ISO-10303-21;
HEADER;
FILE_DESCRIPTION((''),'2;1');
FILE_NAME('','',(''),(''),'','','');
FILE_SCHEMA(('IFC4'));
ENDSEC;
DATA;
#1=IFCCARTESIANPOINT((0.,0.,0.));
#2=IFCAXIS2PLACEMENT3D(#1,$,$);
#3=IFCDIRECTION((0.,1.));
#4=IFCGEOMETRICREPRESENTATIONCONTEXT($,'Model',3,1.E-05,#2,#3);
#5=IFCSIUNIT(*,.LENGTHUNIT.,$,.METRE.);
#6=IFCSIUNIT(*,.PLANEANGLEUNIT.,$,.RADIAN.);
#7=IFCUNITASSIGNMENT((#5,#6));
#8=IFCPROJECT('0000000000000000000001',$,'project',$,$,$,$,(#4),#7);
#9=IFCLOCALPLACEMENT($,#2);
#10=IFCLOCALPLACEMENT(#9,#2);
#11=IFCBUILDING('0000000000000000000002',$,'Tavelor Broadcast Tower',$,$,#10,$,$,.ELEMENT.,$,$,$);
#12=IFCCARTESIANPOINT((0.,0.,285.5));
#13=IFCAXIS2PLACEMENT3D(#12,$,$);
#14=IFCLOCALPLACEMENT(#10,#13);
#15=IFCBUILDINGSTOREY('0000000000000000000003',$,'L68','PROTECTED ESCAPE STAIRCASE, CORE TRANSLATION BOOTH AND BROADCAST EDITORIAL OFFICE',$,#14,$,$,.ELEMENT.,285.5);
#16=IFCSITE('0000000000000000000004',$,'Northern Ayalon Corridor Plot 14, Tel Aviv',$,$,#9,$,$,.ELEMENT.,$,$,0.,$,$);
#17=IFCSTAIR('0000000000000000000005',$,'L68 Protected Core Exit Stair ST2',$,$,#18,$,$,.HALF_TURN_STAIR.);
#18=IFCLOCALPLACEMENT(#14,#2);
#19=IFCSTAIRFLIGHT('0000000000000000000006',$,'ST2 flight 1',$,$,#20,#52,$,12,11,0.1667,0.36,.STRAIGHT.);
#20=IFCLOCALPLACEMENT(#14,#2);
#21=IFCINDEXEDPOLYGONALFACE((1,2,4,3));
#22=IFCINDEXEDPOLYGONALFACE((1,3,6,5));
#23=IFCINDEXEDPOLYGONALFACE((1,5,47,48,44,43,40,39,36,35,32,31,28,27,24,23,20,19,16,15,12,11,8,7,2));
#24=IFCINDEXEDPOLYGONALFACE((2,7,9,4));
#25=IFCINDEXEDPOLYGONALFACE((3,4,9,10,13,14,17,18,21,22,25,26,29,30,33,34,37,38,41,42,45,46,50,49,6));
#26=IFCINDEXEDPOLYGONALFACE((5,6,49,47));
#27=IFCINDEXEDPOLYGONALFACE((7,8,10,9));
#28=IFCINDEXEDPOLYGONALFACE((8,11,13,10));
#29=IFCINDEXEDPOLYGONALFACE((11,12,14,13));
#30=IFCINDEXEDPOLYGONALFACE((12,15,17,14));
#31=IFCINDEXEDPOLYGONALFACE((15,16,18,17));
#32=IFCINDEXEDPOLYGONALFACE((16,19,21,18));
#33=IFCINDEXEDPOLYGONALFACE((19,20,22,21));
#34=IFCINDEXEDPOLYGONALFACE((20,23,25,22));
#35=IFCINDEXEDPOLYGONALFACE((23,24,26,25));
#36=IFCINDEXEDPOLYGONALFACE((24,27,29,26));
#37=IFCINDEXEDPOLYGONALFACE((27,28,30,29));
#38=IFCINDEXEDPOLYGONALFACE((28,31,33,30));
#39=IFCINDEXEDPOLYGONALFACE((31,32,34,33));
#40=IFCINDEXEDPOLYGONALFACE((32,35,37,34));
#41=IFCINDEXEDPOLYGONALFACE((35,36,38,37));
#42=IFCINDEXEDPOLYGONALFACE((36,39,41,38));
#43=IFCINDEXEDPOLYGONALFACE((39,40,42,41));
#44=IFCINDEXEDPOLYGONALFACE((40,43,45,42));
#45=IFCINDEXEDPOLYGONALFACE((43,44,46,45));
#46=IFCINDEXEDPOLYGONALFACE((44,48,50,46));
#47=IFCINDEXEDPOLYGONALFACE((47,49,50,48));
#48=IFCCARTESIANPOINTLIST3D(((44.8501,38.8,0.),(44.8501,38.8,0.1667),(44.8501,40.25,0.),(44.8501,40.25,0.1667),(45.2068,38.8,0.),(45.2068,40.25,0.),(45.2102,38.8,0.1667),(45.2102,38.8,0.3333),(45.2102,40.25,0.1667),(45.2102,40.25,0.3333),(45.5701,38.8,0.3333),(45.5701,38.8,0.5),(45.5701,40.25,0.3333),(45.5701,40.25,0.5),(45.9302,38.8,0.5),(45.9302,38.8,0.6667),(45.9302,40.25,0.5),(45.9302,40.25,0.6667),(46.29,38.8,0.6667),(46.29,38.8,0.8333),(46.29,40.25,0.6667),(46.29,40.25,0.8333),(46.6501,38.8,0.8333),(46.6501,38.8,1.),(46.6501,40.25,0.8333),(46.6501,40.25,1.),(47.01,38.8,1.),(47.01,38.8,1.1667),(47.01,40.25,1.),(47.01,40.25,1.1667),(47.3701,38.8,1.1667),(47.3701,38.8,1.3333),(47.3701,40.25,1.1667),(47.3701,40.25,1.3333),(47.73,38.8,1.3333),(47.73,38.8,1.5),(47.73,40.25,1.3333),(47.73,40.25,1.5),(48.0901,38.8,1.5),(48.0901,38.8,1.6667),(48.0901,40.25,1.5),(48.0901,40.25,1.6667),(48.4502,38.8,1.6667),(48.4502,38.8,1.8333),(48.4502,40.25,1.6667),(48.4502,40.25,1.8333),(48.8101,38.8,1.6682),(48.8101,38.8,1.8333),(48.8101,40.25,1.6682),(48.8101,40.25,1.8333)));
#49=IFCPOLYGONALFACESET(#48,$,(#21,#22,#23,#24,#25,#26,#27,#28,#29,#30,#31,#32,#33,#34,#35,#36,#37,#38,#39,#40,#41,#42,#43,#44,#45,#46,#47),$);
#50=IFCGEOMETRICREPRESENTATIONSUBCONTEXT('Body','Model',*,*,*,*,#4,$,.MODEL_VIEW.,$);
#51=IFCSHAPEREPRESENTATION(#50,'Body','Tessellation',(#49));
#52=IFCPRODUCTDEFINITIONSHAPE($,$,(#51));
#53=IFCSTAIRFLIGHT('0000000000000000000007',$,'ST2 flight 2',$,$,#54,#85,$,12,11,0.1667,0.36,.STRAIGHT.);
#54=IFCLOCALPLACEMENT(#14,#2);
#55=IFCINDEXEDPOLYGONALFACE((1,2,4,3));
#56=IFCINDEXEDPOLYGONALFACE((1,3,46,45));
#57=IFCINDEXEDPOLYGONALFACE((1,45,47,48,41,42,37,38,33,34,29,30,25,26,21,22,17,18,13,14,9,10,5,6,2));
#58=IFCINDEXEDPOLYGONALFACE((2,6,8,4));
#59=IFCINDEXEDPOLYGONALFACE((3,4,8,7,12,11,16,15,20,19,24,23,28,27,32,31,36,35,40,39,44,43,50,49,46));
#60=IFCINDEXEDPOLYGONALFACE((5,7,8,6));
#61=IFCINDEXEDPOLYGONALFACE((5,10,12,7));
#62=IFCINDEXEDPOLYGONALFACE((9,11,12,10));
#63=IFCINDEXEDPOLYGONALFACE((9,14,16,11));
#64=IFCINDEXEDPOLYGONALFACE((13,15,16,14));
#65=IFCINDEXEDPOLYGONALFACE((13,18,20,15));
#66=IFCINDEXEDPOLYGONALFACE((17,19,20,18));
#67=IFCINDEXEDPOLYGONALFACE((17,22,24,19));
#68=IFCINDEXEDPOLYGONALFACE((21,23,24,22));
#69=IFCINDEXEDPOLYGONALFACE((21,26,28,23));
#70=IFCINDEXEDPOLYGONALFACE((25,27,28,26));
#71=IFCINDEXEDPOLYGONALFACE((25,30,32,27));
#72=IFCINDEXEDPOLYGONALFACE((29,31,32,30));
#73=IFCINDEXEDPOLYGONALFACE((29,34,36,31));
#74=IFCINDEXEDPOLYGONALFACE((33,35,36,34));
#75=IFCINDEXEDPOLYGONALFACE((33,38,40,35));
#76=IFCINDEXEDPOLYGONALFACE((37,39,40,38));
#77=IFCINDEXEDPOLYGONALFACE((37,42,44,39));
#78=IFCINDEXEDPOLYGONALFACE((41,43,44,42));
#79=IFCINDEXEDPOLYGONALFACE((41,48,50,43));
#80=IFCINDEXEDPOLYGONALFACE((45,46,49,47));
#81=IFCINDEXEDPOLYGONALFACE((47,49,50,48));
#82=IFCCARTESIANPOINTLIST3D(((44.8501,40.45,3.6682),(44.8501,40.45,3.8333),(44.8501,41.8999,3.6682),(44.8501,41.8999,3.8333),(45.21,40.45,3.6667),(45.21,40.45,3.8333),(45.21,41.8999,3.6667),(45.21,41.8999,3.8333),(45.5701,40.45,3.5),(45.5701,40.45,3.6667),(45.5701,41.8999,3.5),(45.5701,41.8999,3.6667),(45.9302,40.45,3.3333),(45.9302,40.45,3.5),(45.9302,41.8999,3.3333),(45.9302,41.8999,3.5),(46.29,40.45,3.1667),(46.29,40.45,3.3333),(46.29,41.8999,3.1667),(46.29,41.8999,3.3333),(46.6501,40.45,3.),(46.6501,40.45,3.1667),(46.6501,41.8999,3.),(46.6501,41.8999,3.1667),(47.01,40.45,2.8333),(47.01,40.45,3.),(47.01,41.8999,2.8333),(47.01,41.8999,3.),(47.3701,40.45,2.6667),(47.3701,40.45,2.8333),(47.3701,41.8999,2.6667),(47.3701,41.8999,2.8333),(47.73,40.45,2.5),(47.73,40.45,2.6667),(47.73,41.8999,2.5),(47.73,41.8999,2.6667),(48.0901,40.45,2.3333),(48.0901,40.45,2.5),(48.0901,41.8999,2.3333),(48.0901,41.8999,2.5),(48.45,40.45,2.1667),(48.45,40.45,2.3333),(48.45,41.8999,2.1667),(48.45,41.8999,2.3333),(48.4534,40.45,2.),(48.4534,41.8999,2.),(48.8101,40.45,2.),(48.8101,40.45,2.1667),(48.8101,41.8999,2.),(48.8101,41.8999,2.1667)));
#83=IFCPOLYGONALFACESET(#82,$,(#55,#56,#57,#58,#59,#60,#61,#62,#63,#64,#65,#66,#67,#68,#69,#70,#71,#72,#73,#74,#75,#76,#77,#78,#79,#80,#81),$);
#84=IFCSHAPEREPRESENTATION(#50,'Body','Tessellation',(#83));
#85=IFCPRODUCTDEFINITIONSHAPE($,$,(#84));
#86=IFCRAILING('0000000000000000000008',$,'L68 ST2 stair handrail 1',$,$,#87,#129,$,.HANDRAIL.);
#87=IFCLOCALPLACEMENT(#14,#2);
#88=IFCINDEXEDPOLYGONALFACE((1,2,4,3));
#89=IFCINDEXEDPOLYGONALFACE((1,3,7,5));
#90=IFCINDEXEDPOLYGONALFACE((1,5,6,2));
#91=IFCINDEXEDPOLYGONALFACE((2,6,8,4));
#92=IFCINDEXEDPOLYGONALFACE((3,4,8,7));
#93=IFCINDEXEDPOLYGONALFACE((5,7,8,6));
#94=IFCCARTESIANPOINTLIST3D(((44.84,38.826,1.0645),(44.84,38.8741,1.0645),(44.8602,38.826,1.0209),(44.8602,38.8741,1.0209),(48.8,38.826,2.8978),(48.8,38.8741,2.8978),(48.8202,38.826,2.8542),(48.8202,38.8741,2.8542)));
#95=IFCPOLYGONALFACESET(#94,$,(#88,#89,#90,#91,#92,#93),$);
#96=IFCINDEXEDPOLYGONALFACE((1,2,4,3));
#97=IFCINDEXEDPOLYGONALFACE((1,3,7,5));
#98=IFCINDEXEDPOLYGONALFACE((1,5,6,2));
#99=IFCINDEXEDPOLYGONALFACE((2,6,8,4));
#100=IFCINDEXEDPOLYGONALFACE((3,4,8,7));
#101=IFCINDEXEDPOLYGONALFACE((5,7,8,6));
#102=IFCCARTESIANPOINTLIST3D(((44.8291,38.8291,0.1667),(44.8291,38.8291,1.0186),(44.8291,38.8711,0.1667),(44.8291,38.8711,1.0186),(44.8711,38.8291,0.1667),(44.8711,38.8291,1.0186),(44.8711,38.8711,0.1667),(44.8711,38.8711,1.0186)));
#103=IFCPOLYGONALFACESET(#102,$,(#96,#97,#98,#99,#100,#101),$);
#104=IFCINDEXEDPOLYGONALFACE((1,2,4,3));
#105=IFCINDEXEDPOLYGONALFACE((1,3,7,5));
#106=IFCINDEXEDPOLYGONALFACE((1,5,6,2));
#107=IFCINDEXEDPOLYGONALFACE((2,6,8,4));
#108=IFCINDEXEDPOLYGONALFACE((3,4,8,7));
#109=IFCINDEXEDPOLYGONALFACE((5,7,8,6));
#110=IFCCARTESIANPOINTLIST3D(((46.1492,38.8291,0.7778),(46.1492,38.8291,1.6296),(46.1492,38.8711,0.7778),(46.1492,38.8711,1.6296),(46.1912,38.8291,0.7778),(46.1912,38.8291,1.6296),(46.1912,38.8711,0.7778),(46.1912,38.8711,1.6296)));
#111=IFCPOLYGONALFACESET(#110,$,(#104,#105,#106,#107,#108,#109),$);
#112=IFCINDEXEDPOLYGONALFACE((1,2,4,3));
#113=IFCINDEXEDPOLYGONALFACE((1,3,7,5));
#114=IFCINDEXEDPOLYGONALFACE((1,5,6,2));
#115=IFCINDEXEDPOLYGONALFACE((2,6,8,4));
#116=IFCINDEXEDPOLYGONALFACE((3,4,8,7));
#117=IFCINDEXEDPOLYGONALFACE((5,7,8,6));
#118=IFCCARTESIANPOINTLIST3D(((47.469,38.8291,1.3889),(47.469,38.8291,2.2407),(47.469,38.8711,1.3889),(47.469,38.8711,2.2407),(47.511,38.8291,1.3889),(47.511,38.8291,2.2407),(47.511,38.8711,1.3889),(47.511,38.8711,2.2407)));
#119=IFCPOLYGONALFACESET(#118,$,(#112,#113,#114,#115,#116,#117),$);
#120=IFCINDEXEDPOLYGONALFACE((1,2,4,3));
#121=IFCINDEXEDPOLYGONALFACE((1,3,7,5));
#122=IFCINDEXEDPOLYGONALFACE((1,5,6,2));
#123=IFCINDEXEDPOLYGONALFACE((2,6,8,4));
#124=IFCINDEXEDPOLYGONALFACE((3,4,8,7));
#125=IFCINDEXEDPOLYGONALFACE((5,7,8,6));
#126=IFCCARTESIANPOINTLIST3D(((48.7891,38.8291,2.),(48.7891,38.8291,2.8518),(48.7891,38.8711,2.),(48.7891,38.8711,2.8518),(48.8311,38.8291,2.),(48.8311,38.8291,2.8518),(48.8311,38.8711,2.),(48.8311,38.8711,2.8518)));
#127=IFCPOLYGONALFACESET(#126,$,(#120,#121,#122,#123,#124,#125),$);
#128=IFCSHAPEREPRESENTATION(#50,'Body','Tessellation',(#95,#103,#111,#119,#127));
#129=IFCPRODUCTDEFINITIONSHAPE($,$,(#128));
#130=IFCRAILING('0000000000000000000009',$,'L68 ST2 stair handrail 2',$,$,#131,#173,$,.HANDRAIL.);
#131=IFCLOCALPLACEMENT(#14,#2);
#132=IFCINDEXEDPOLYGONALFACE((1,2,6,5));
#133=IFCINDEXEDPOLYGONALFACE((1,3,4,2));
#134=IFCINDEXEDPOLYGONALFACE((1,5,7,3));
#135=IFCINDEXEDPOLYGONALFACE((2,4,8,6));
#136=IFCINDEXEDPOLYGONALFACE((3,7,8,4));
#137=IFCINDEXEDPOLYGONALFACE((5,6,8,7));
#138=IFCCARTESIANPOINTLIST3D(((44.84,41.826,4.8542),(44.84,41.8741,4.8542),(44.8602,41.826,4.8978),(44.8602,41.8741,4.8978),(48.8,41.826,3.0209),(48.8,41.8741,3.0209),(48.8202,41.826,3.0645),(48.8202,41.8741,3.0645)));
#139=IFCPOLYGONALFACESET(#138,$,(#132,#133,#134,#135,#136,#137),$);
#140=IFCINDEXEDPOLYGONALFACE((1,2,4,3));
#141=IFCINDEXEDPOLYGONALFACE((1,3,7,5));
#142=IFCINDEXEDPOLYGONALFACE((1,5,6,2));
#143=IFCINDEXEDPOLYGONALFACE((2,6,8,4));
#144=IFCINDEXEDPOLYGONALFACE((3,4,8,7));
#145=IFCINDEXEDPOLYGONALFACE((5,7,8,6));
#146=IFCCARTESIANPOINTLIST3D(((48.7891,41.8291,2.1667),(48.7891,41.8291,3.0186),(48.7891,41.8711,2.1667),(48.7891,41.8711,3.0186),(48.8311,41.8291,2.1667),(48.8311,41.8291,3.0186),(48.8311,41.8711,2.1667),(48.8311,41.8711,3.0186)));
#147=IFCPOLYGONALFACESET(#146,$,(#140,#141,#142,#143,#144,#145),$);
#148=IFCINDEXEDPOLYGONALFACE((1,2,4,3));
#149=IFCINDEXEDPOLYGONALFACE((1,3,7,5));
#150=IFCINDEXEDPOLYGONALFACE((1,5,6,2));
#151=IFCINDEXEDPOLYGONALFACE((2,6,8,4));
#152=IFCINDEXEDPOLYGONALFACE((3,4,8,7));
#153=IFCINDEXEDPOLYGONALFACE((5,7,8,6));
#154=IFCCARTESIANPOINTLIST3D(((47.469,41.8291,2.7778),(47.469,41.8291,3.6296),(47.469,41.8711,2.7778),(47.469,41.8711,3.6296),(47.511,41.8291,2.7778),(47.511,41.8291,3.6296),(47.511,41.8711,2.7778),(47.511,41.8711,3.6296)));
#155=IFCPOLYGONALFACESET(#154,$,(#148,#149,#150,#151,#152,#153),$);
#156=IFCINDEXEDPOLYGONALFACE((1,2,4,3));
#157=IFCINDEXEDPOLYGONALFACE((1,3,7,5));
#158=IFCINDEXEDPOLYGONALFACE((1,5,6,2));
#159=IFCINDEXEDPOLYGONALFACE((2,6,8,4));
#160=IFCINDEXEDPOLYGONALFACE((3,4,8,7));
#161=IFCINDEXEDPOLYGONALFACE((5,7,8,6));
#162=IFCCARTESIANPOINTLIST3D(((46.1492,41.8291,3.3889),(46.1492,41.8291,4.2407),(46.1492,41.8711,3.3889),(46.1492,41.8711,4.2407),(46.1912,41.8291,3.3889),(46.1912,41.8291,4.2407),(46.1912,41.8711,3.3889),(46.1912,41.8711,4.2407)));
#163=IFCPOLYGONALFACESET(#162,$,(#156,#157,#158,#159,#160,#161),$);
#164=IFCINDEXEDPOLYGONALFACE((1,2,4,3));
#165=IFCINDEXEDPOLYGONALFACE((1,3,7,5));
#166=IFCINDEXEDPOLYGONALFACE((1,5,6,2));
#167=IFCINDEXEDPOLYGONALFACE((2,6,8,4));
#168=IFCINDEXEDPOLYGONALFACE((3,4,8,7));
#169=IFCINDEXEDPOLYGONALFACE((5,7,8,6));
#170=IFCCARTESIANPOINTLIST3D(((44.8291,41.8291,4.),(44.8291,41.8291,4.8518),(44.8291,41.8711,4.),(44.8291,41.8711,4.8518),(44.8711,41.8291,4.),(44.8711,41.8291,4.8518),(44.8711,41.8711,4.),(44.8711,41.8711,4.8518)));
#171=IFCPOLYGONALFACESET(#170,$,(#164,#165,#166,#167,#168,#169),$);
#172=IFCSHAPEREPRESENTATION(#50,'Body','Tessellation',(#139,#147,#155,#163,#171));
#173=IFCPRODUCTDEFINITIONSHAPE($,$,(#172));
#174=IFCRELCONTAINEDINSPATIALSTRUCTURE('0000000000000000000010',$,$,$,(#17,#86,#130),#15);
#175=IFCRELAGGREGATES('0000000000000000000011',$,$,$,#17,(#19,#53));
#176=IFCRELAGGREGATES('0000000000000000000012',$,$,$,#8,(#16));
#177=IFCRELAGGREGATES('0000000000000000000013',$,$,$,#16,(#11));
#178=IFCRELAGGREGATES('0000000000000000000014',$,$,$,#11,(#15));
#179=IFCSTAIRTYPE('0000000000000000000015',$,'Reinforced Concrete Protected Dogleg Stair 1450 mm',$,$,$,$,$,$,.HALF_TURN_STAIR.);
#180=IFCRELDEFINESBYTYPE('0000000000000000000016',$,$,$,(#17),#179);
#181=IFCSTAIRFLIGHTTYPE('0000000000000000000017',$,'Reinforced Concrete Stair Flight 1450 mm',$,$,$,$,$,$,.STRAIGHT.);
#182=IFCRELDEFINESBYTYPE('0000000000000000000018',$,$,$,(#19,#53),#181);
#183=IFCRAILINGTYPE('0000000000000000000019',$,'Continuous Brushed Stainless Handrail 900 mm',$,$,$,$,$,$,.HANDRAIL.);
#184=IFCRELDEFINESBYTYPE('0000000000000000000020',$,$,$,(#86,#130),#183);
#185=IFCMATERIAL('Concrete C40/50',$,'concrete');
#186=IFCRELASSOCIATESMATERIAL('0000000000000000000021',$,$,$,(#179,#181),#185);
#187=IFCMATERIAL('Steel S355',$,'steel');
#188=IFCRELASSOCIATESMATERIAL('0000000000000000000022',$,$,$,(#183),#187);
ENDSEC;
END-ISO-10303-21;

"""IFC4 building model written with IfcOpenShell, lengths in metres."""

from ifc_helpers import new_model, si_unit, direction, frame, origin, origin_2d, place, context, subcontext, project, spatial, polyline, rectangle, outline, extrude, material, type_object, element, aggregate, save


model = new_model("IFC4")

# Units and contexts
model_context = context("Model", 3, precision=1e-05, world=origin(), true_north=direction((0.0, 1.0)))
body_context = subcontext(model_context, "Body", "Model", "MODEL_VIEW")
ifc_project = project(units=[si_unit("LENGTHUNIT", "METRE"), si_unit("PLANEANGLEUNIT", "RADIAN")], contexts=[model_context])

# Site, building, storey
site_placement = place(None, origin())
site = spatial("IfcSite", under=ifc_project, at=site_placement, Name="Northern Ayalon Corridor Plot 14, Tel Aviv", CompositionType="ELEMENT", RefElevation=0.0)
building_placement = place(site_placement, origin())
building = spatial("IfcBuilding", under=site, at=building_placement, Name="Tavelor Broadcast Tower", CompositionType="ELEMENT")
storey_placement = place(building_placement, frame((0.0, 0.0, 285.5)))
storey = spatial("IfcBuildingStorey", under=building, at=storey_placement, Name="L68", Description="PROTECTED ESCAPE STAIRCASE, CORE TRANSLATION BOOTH AND BROADCAST EDITORIAL OFFICE", CompositionType="ELEMENT", Elevation=285.5)

# Shared definitions
ifc_material_1 = material(Name="Concrete C40/50", Category="concrete")
ifc_material_2 = material(Name="Steel S355", Category="steel")

# Stair, stair flights
stair_type = type_object("IfcStairType", Name="Reinforced Concrete Protected Dogleg Stair 1450 mm", PredefinedType="HALF_TURN_STAIR", material=ifc_material_1)
stair_placement = place(storey_placement, origin())
stair = element("IfcStair", 1, at=stair_placement, inside=storey, type_object=stair_type, Name="L68 Protected Core Exit Stair ST2", PredefinedType="HALF_TURN_STAIR")
stair_flight_type = type_object("IfcStairFlightType", Name="Reinforced Concrete Stair Flight 1450 mm", PredefinedType="STRAIGHT", material=ifc_material_1)
stair_flight_1_placement = place(storey_placement, frame((44.8501, 39.5249, 0.0), z_axis=(0.0, 0.0, 1.0), x_axis=(1.0, 0.0, 0.0)))
stair_flight_1 = element("IfcStairFlight", 2, at=stair_flight_1_placement, type_object=stair_flight_type, Name="ST2 flight 1", NumberOfRisers=12, NumberOfTreads=11, PredefinedType="STRAIGHT", RiserHeight=0.1667, TreadLength=0.36, context=body_context, shape_type="SweptSolid", body=[
    extrude(outline(polyline([(0.0, 0.0), (0.0, 0.1667), (0.3601, 0.1667), (0.3601, 0.3333), (0.72, 0.3333), (0.72, 0.5), (1.0801, 0.5), (1.0801, 0.6667), (1.4399, 0.6667), (1.4399, 0.8333), (1.8, 0.8333), (1.8, 1.0), (2.1599, 1.0), (2.1599, 1.1667), (2.52, 1.1667), (2.52, 1.3333), (2.8799, 1.3333), (2.8799, 1.5), (3.24, 1.5), (3.24, 1.6667), (3.6001, 1.6667), (3.6001, 1.8333), (3.96, 1.8333), (3.96, 2.0), (3.96, 1.6682), (0.3567, 0.0), (0.0, 0.0)])), frame((0.0, 0.7251, 0.0), z_axis=(0.0, -1.0, 0.0), x_axis=(1.0, 0.0, 0.0)), (0.0, 0.0, 1.0), 1.45),
])
stair_flight_2_placement = place(storey_placement, frame((48.8101, 41.175, 2.0), z_axis=(0.0, 0.0, 1.0), x_axis=(-1.0, 0.0, 0.0)))
stair_flight_2 = element("IfcStairFlight", 3, at=stair_flight_2_placement, type_object=stair_flight_type, Name="ST2 flight 2", NumberOfRisers=12, NumberOfTreads=11, PredefinedType="STRAIGHT", RiserHeight=0.1667, TreadLength=0.36, context=body_context, shape_type="SweptSolid", body=[
    extrude(outline(polyline([(0.0, 0.0), (0.0, 0.1667), (0.3601, 0.1667), (0.3601, 0.3333), (0.72, 0.3333), (0.72, 0.5), (1.0801, 0.5), (1.0801, 0.6667), (1.4399, 0.6667), (1.4399, 0.8333), (1.8, 0.8333), (1.8, 1.0), (2.1599, 1.0), (2.1599, 1.1667), (2.52, 1.1667), (2.52, 1.3333), (2.8799, 1.3333), (2.8799, 1.5), (3.24, 1.5), (3.24, 1.6667), (3.6001, 1.6667), (3.6001, 1.8333), (3.96, 1.8333), (3.96, 2.0), (3.96, 1.6682), (0.3567, 0.0), (0.0, 0.0)])), frame((0.0, 0.7251, 0.0), z_axis=(0.0, -1.0, 0.0), x_axis=(1.0, 0.0, 0.0)), (0.0, 0.0, 1.0), 1.45),
])
aggregate(stair, [stair_flight_1, stair_flight_2])

# Railings
railing_type_1 = type_object("IfcRailingType", Name="Continuous Brushed Stainless Handrail 900 mm", PredefinedType="HANDRAIL", material=ifc_material_2)
railing_1_placement = place(storey_placement, frame((44.8501, 38.8501, 0.1667)))
element("IfcRailing", 4, at=railing_1_placement, inside=storey, type_object=railing_type_1, Name="L68 ST2 stair handrail 1", PredefinedType="HANDRAIL", context=body_context, shape_type="SweptSolid", body=[
    extrude(rectangle(XDim=0.0481, YDim=0.0481, at=origin_2d()), frame((0.0, 0.0, 0.876), z_axis=(0.907472, 0.0, 0.420112), x_axis=(0.0, 1.0, 0.0)), (0.0, 0.0, 1.0), 4.3638),
    extrude(rectangle(XDim=0.042, YDim=0.042, at=origin_2d()), origin(), (0.0, 0.0, 1.0), 0.8518),
    extrude(rectangle(XDim=0.042, YDim=0.042, at=origin_2d()), frame((1.3201, 0.0, 0.6111)), (0.0, 0.0, 1.0), 0.8518),
    extrude(rectangle(XDim=0.042, YDim=0.042, at=origin_2d()), frame((2.6399, 0.0, 1.2222)), (0.0, 0.0, 1.0), 0.8518),
    extrude(rectangle(XDim=0.042, YDim=0.042, at=origin_2d()), frame((3.96, 0.0, 1.8333)), (0.0, 0.0, 1.0), 0.8518),
])
railing_2_placement = place(storey_placement, frame((48.8101, 41.8501, 2.1667)))
element("IfcRailing", 5, at=railing_2_placement, inside=storey, type_object=railing_type_1, Name="L68 ST2 stair handrail 2", PredefinedType="HANDRAIL", context=body_context, shape_type="SweptSolid", body=[
    extrude(rectangle(XDim=0.0481, YDim=0.0481, at=origin_2d()), frame((0.0, 0.0, 0.876), z_axis=(-0.907472, 0.0, 0.420112), x_axis=(0.0, -1.0, 0.0)), (0.0, 0.0, 1.0), 4.3638),
    extrude(rectangle(XDim=0.042, YDim=0.042, at=origin_2d()), origin(), (0.0, 0.0, 1.0), 0.8518),
    extrude(rectangle(XDim=0.042, YDim=0.042, at=origin_2d()), frame((-1.3201, 0.0, 0.6111)), (0.0, 0.0, 1.0), 0.8518),
    extrude(rectangle(XDim=0.042, YDim=0.042, at=origin_2d()), frame((-2.6399, 0.0, 1.2222)), (0.0, 0.0, 1.0), 0.8518),
    extrude(rectangle(XDim=0.042, YDim=0.042, at=origin_2d()), frame((-3.96, 0.0, 1.8333)), (0.0, 0.0, 1.0), 0.8518),
])

save(model, "model.ifc")
